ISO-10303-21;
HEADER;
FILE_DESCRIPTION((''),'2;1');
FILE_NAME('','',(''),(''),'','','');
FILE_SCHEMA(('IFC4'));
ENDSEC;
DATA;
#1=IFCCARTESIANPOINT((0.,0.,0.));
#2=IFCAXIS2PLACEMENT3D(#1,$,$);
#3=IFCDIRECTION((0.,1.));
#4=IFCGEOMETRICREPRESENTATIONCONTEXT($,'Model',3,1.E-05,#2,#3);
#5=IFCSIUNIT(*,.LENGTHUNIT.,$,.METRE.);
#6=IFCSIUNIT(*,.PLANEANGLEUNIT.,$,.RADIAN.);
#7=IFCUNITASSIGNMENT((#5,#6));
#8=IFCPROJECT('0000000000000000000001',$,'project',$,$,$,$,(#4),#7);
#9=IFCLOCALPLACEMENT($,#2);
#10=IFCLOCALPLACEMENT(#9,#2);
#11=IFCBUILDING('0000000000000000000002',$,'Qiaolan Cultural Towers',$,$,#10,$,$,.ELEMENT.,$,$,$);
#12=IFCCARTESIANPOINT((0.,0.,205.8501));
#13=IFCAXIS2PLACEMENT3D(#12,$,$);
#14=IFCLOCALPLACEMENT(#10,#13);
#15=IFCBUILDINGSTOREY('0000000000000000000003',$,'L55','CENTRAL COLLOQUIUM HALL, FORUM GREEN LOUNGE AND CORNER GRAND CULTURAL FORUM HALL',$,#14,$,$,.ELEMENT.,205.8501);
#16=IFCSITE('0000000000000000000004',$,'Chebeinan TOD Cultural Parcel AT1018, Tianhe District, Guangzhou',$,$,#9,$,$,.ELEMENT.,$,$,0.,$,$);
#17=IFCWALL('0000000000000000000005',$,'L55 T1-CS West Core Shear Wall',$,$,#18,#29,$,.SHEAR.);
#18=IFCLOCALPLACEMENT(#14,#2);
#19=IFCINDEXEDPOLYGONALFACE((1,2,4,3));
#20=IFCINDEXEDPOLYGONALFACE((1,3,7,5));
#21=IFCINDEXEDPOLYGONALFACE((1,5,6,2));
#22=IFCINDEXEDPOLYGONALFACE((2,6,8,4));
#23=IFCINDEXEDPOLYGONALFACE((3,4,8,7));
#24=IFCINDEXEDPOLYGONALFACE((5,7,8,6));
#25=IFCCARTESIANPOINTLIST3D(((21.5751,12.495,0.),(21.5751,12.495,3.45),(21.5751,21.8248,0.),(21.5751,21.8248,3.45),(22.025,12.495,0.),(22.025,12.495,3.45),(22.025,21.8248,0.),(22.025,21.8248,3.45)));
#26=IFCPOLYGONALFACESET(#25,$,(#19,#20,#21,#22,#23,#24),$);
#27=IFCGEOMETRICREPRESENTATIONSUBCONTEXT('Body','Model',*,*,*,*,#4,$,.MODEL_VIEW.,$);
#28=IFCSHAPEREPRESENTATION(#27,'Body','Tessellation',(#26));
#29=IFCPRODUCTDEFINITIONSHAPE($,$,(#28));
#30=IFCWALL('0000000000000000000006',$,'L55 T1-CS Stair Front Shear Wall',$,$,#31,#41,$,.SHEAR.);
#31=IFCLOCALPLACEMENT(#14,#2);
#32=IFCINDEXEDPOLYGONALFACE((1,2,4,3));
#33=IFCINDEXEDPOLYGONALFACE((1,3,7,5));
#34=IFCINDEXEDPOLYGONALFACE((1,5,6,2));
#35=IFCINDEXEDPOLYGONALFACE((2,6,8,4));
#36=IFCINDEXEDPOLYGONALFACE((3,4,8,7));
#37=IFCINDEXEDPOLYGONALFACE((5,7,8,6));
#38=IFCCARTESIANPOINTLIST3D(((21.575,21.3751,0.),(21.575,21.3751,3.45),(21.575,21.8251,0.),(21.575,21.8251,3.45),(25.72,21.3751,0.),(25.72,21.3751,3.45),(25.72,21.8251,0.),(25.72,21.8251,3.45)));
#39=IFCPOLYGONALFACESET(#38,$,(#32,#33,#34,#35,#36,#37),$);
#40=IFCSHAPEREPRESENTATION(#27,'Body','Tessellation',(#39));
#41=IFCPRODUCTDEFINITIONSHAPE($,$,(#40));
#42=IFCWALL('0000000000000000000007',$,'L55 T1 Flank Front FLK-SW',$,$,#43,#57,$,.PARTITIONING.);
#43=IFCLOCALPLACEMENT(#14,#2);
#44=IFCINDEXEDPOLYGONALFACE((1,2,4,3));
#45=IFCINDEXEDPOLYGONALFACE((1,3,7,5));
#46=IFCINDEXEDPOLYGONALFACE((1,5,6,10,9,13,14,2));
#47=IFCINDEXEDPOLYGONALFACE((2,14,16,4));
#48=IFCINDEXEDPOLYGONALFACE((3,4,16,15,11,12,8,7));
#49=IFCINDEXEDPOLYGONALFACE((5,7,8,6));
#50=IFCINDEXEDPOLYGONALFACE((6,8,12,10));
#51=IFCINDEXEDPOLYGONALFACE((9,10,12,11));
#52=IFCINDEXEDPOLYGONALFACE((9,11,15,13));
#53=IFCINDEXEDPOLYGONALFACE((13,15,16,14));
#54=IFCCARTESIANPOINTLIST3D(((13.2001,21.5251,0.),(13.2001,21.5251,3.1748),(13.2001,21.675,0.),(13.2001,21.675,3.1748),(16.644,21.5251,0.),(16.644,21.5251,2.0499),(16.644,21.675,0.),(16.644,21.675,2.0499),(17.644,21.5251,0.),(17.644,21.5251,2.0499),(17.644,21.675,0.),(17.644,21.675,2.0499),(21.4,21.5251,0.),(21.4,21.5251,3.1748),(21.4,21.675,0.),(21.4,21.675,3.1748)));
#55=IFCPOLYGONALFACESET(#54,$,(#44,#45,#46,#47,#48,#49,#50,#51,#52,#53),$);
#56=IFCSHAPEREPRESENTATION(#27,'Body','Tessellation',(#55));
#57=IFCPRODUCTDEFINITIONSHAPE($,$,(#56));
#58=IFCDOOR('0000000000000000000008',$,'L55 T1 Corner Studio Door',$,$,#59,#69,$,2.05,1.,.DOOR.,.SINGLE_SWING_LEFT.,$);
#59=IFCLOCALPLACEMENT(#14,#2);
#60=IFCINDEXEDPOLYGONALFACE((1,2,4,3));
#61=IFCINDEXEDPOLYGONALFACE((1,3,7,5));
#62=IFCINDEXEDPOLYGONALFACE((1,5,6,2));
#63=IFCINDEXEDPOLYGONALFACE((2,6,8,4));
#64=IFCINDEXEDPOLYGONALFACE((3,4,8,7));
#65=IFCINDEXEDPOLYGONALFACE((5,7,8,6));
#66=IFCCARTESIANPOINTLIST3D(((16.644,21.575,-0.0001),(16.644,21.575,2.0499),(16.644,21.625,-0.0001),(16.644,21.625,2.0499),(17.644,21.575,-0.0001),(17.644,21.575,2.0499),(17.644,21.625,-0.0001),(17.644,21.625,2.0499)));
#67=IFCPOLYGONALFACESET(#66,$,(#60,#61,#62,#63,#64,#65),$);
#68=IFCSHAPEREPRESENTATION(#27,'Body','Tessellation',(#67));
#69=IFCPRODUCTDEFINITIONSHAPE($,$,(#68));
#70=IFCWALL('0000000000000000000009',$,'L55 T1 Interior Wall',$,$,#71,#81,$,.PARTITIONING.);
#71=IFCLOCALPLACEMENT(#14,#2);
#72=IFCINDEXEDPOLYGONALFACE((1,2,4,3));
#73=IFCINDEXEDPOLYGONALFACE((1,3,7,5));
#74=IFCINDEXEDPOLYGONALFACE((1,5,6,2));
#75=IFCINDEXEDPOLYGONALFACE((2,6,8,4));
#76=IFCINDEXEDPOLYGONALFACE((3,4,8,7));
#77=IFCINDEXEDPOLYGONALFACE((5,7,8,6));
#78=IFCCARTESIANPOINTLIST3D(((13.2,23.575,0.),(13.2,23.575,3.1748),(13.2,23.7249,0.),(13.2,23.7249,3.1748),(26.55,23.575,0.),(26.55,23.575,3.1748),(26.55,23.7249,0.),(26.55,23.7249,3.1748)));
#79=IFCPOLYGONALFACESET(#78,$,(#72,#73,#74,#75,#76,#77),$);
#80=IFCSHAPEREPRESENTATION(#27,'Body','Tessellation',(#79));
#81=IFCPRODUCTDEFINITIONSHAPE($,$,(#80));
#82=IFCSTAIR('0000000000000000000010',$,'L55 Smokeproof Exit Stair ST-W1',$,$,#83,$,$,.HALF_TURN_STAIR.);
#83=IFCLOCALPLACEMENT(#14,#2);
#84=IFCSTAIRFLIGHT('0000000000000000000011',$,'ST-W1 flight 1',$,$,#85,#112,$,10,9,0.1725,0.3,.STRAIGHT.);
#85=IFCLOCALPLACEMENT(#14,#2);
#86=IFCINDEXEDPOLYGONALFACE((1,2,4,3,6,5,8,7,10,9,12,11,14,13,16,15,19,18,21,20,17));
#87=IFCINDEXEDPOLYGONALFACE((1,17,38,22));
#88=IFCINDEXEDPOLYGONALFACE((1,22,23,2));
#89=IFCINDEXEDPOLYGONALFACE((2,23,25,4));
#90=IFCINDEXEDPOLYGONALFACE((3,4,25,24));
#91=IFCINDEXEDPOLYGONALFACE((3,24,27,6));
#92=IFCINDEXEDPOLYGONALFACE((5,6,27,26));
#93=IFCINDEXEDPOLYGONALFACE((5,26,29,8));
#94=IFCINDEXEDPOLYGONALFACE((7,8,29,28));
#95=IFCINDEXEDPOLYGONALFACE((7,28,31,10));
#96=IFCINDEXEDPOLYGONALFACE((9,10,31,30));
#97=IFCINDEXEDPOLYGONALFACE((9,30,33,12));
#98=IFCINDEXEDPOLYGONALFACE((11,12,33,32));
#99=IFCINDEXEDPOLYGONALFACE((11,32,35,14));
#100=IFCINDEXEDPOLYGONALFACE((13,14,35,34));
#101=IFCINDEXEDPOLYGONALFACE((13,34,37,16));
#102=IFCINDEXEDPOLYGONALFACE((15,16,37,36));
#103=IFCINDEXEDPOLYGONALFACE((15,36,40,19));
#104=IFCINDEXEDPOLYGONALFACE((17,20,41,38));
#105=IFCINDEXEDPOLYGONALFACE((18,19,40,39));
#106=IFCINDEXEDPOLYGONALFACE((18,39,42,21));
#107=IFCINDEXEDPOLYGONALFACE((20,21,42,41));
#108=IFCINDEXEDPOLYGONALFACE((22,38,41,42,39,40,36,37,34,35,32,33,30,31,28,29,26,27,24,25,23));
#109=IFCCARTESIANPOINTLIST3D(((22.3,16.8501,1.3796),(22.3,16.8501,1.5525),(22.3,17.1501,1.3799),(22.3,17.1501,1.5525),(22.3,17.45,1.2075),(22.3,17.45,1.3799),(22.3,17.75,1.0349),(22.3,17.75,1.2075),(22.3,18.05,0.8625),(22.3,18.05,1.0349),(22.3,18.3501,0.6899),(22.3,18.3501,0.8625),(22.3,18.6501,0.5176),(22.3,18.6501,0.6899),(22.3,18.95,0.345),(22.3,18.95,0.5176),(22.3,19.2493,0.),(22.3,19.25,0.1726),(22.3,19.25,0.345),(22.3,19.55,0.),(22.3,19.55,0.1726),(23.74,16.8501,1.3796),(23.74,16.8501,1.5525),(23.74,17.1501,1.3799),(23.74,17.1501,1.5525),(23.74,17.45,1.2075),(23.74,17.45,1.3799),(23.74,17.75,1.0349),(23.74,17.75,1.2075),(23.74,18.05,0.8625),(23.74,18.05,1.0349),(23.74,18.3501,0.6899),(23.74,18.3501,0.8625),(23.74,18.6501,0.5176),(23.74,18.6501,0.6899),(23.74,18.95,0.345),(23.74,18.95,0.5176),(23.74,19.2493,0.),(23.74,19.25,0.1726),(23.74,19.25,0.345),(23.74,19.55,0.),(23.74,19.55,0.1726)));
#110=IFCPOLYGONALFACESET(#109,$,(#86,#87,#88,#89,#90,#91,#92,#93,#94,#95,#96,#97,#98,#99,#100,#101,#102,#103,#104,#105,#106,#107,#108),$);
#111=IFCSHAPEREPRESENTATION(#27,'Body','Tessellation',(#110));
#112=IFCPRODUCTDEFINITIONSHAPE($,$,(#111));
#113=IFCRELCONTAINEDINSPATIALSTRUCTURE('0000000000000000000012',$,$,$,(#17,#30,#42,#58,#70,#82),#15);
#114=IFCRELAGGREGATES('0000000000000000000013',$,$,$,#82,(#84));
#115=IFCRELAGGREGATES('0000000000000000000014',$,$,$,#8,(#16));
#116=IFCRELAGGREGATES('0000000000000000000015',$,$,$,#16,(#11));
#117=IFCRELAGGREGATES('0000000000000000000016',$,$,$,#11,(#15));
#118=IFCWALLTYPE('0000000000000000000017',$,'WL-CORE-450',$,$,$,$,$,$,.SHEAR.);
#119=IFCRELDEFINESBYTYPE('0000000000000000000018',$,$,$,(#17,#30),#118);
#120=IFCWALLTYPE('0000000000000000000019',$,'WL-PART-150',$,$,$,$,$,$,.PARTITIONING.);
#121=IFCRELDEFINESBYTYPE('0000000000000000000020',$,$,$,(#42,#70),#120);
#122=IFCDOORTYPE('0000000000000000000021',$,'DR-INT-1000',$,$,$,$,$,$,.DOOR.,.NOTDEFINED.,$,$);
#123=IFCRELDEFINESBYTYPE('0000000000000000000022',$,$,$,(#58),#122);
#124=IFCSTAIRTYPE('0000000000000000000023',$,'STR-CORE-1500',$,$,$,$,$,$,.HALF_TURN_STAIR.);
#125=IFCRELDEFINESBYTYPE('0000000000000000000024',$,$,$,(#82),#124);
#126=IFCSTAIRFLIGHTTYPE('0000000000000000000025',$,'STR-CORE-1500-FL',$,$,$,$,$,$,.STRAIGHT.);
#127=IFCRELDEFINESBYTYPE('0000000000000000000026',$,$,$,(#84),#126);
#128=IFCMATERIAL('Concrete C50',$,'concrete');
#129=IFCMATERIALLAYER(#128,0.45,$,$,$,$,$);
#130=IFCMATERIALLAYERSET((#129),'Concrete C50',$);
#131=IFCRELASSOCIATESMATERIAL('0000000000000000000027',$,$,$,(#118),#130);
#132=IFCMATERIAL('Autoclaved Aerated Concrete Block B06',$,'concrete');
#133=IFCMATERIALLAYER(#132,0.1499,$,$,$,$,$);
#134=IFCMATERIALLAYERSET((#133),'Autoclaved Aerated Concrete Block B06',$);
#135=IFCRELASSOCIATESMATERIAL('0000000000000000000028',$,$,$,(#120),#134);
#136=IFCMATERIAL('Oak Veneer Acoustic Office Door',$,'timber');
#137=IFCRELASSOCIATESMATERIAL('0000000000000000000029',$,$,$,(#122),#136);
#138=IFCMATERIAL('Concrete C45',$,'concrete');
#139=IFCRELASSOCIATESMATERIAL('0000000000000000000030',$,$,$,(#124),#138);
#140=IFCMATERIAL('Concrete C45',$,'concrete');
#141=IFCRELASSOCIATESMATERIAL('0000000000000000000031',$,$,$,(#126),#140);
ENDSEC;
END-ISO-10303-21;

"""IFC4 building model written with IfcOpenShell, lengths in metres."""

from ifc_helpers import new_model, si_unit, direction, frame, frame_2d, origin, place, context, subcontext, project, spatial, polyline, rectangle, outline, extrude, material, layer, layer_set, type_object, element, fill, aggregate, save


model = new_model("IFC4")

# Units and contexts
model_context = context("Model", 3, precision=1e-05, world=origin(), true_north=direction((0.0, 1.0)))
body_context = subcontext(model_context, "Body", "Model", "MODEL_VIEW")
ifc_project = project(units=[si_unit("LENGTHUNIT", "METRE"), si_unit("PLANEANGLEUNIT", "RADIAN")], contexts=[model_context])

# Site, building, storey
site_placement = place(None, origin())
site = spatial("IfcSite", under=ifc_project, at=site_placement, Name="Chebeinan TOD Cultural Parcel AT1018, Tianhe District, Guangzhou", CompositionType="ELEMENT", RefElevation=0.0)
building_placement = place(site_placement, origin())
building = spatial("IfcBuilding", under=site, at=building_placement, Name="Qiaolan Cultural Towers", CompositionType="ELEMENT")
storey_placement = place(building_placement, frame((0.0, 0.0, 205.8501)))
storey = spatial("IfcBuildingStorey", under=building, at=storey_placement, Name="L55", Description="CENTRAL COLLOQUIUM HALL, FORUM GREEN LOUNGE AND CORNER GRAND CULTURAL FORUM HALL", CompositionType="ELEMENT", Elevation=205.8501)

# Walls
ifc_material_1 = material(Name="Concrete C50", Category="concrete")
ifc_layer_1 = layer(ifc_material_1, 0.45)
ifc_layer_set_1 = layer_set([ifc_layer_1], Name="Concrete C50")
wall_type_1 = type_object("IfcWallType", Name="WL-CORE-450", PredefinedType="SHEAR", material=ifc_layer_set_1)
wall_1_placement = place(storey_placement, frame((21.8, 21.825, 0.0), z_axis=(0.0, 0.0, 1.0), x_axis=(0.0, -1.0, 0.0)))
element("IfcWall", 1, at=wall_1_placement, inside=storey, type_object=wall_type_1, Name="L55 T1-CS West Core Shear Wall", PredefinedType="SHEAR", context=body_context, shape_type="SweptSolid", body=[
    extrude(rectangle(XDim=9.3298, YDim=0.45, at=frame_2d((4.665, 0.0))), origin(), (0.0, 0.0, 1.0), 3.45),
])
wall_2_placement = place(storey_placement, frame((21.575, 21.6001, 0.0), z_axis=(0.0, 0.0, 1.0), x_axis=(1.0, 0.0, 0.0)))
element("IfcWall", 2, at=wall_2_placement, inside=storey, type_object=wall_type_1, Name="L55 T1-CS Stair Front Shear Wall", PredefinedType="SHEAR", context=body_context, shape_type="SweptSolid", body=[
    extrude(rectangle(XDim=4.145, YDim=0.45, at=frame_2d((2.0725, 0.0))), origin(), (0.0, 0.0, 1.0), 3.45),
])

# Wall, opening, door
ifc_material_2 = material(Name="Autoclaved Aerated Concrete Block B06", Category="concrete")
ifc_layer_2 = layer(ifc_material_2, 0.1499)
ifc_layer_set_2 = layer_set([ifc_layer_2], Name="Autoclaved Aerated Concrete Block B06")
wall_type_2 = type_object("IfcWallType", Name="WL-PART-150", PredefinedType="PARTITIONING", material=ifc_layer_set_2)
wall_3_placement = place(storey_placement, frame((13.2, 21.6001, 0.0), z_axis=(0.0, 0.0, 1.0), x_axis=(1.0, 0.0, 0.0)))
wall_3 = element("IfcWall", 3, at=wall_3_placement, inside=storey, type_object=wall_type_2, Name="L55 T1 Flank Front FLK-SW", PredefinedType="PARTITIONING", context=body_context, shape_type="SweptSolid", body=[
    extrude(rectangle(XDim=8.2, YDim=0.1499, at=frame_2d((4.1001, 0.0))), origin(), (0.0, 0.0, 1.0), 3.1748),
])
opening_placement = place(wall_3_placement, frame((3.4441, 0.0, 0.0)))
opening = element("IfcOpeningElement", 4, at=opening_placement, cuts=wall_3, PredefinedType="OPENING", context=body_context, shape_type="SweptSolid", body=[
    extrude(rectangle(XDim=1.0, YDim=2.05, at=frame_2d((0.5, 1.0249))), frame((0.0, 0.085, 0.0), z_axis=(0.0, -1.0, 0.0), x_axis=(1.0, 0.0, 0.0)), (0.0, 0.0, 1.0), 0.1699),
])
ifc_material_3 = material(Name="Oak Veneer Acoustic Office Door", Category="timber")
door_type = type_object("IfcDoorType", Name="DR-INT-1000", OperationType="NOTDEFINED", PredefinedType="DOOR", material=ifc_material_3)
door_placement = place(opening_placement, origin())
door = element("IfcDoor", 5, at=door_placement, inside=storey, type_object=door_type, Name="L55 T1 Corner Studio Door", OperationType="SINGLE_SWING_LEFT", OverallHeight=2.05, OverallWidth=1.0, PredefinedType="DOOR", context=body_context, shape_type="SweptSolid", body=[
    extrude(rectangle(XDim=1.0, YDim=2.05, at=frame_2d((0.5, 1.0249))), frame((0.0, 0.0249, 0.0), z_axis=(0.0, -1.0, 0.0), x_axis=(1.0, 0.0, 0.0)), (0.0, 0.0, 1.0), 0.05),
])
fill(opening, door)

# Wall
wall_4_placement = place(storey_placement, frame((13.2, 23.6499, 0.0), z_axis=(0.0, 0.0, 1.0), x_axis=(1.0, 0.0, 0.0)))
element("IfcWall", 6, at=wall_4_placement, inside=storey, type_object=wall_type_2, Name="L55 T1 Interior Wall", PredefinedType="PARTITIONING", context=body_context, shape_type="SweptSolid", body=[
    extrude(rectangle(XDim=13.3501, YDim=0.1499, at=frame_2d((6.675, 0.0))), origin(), (0.0, 0.0, 1.0), 3.1748),
])

# Stair, stair flight
ifc_material_4 = material(Name="Concrete C45", Category="concrete")
stair_type = type_object("IfcStairType", Name="STR-CORE-1500", PredefinedType="HALF_TURN_STAIR", material=ifc_material_4)
stair_placement = place(storey_placement, origin())
stair = element("IfcStair", 7, at=stair_placement, inside=storey, type_object=stair_type, Name="L55 Smokeproof Exit Stair ST-W1", PredefinedType="HALF_TURN_STAIR")
ifc_material_5 = material(Name="Concrete C45", Category="concrete")
stair_flight_type = type_object("IfcStairFlightType", Name="STR-CORE-1500-FL", PredefinedType="STRAIGHT", material=ifc_material_5)
stair_flight_placement = place(storey_placement, frame((23.02, 19.55, 0.0), z_axis=(0.0, 0.0, 1.0), x_axis=(0.0, -1.0, 0.0)))
stair_flight = element("IfcStairFlight", 8, at=stair_flight_placement, type_object=stair_flight_type, Name="ST-W1 flight 1", NumberOfRisers=10, NumberOfTreads=9, PredefinedType="STRAIGHT", RiserHeight=0.1725, TreadLength=0.3, context=body_context, shape_type="SweptSolid", body=[
    extrude(outline(polyline([(0.0, 0.0), (0.0, 0.1726), (0.3, 0.1726), (0.3, 0.345), (0.6001, 0.345), (0.6001, 0.5176), (0.8999, 0.5176), (0.8999, 0.6899), (1.2, 0.6899), (1.2, 0.8625), (1.5, 0.8625), (1.5, 1.0349), (1.8, 1.0349), (1.8, 1.2075), (2.1001, 1.2075), (2.1001, 1.3799), (2.3999, 1.3799), (2.3999, 1.5525), (2.7, 1.5525), (2.7, 1.7251), (2.7, 1.3796), (0.3008, 0.0), (0.0, 0.0)])), frame((0.0, 0.72, 0.0), z_axis=(0.0, -1.0, 0.0), x_axis=(1.0, 0.0, 0.0)), (0.0, 0.0, 1.0), 1.4399),
])
aggregate(stair, [stair_flight])

save(model, "model.ifc")
